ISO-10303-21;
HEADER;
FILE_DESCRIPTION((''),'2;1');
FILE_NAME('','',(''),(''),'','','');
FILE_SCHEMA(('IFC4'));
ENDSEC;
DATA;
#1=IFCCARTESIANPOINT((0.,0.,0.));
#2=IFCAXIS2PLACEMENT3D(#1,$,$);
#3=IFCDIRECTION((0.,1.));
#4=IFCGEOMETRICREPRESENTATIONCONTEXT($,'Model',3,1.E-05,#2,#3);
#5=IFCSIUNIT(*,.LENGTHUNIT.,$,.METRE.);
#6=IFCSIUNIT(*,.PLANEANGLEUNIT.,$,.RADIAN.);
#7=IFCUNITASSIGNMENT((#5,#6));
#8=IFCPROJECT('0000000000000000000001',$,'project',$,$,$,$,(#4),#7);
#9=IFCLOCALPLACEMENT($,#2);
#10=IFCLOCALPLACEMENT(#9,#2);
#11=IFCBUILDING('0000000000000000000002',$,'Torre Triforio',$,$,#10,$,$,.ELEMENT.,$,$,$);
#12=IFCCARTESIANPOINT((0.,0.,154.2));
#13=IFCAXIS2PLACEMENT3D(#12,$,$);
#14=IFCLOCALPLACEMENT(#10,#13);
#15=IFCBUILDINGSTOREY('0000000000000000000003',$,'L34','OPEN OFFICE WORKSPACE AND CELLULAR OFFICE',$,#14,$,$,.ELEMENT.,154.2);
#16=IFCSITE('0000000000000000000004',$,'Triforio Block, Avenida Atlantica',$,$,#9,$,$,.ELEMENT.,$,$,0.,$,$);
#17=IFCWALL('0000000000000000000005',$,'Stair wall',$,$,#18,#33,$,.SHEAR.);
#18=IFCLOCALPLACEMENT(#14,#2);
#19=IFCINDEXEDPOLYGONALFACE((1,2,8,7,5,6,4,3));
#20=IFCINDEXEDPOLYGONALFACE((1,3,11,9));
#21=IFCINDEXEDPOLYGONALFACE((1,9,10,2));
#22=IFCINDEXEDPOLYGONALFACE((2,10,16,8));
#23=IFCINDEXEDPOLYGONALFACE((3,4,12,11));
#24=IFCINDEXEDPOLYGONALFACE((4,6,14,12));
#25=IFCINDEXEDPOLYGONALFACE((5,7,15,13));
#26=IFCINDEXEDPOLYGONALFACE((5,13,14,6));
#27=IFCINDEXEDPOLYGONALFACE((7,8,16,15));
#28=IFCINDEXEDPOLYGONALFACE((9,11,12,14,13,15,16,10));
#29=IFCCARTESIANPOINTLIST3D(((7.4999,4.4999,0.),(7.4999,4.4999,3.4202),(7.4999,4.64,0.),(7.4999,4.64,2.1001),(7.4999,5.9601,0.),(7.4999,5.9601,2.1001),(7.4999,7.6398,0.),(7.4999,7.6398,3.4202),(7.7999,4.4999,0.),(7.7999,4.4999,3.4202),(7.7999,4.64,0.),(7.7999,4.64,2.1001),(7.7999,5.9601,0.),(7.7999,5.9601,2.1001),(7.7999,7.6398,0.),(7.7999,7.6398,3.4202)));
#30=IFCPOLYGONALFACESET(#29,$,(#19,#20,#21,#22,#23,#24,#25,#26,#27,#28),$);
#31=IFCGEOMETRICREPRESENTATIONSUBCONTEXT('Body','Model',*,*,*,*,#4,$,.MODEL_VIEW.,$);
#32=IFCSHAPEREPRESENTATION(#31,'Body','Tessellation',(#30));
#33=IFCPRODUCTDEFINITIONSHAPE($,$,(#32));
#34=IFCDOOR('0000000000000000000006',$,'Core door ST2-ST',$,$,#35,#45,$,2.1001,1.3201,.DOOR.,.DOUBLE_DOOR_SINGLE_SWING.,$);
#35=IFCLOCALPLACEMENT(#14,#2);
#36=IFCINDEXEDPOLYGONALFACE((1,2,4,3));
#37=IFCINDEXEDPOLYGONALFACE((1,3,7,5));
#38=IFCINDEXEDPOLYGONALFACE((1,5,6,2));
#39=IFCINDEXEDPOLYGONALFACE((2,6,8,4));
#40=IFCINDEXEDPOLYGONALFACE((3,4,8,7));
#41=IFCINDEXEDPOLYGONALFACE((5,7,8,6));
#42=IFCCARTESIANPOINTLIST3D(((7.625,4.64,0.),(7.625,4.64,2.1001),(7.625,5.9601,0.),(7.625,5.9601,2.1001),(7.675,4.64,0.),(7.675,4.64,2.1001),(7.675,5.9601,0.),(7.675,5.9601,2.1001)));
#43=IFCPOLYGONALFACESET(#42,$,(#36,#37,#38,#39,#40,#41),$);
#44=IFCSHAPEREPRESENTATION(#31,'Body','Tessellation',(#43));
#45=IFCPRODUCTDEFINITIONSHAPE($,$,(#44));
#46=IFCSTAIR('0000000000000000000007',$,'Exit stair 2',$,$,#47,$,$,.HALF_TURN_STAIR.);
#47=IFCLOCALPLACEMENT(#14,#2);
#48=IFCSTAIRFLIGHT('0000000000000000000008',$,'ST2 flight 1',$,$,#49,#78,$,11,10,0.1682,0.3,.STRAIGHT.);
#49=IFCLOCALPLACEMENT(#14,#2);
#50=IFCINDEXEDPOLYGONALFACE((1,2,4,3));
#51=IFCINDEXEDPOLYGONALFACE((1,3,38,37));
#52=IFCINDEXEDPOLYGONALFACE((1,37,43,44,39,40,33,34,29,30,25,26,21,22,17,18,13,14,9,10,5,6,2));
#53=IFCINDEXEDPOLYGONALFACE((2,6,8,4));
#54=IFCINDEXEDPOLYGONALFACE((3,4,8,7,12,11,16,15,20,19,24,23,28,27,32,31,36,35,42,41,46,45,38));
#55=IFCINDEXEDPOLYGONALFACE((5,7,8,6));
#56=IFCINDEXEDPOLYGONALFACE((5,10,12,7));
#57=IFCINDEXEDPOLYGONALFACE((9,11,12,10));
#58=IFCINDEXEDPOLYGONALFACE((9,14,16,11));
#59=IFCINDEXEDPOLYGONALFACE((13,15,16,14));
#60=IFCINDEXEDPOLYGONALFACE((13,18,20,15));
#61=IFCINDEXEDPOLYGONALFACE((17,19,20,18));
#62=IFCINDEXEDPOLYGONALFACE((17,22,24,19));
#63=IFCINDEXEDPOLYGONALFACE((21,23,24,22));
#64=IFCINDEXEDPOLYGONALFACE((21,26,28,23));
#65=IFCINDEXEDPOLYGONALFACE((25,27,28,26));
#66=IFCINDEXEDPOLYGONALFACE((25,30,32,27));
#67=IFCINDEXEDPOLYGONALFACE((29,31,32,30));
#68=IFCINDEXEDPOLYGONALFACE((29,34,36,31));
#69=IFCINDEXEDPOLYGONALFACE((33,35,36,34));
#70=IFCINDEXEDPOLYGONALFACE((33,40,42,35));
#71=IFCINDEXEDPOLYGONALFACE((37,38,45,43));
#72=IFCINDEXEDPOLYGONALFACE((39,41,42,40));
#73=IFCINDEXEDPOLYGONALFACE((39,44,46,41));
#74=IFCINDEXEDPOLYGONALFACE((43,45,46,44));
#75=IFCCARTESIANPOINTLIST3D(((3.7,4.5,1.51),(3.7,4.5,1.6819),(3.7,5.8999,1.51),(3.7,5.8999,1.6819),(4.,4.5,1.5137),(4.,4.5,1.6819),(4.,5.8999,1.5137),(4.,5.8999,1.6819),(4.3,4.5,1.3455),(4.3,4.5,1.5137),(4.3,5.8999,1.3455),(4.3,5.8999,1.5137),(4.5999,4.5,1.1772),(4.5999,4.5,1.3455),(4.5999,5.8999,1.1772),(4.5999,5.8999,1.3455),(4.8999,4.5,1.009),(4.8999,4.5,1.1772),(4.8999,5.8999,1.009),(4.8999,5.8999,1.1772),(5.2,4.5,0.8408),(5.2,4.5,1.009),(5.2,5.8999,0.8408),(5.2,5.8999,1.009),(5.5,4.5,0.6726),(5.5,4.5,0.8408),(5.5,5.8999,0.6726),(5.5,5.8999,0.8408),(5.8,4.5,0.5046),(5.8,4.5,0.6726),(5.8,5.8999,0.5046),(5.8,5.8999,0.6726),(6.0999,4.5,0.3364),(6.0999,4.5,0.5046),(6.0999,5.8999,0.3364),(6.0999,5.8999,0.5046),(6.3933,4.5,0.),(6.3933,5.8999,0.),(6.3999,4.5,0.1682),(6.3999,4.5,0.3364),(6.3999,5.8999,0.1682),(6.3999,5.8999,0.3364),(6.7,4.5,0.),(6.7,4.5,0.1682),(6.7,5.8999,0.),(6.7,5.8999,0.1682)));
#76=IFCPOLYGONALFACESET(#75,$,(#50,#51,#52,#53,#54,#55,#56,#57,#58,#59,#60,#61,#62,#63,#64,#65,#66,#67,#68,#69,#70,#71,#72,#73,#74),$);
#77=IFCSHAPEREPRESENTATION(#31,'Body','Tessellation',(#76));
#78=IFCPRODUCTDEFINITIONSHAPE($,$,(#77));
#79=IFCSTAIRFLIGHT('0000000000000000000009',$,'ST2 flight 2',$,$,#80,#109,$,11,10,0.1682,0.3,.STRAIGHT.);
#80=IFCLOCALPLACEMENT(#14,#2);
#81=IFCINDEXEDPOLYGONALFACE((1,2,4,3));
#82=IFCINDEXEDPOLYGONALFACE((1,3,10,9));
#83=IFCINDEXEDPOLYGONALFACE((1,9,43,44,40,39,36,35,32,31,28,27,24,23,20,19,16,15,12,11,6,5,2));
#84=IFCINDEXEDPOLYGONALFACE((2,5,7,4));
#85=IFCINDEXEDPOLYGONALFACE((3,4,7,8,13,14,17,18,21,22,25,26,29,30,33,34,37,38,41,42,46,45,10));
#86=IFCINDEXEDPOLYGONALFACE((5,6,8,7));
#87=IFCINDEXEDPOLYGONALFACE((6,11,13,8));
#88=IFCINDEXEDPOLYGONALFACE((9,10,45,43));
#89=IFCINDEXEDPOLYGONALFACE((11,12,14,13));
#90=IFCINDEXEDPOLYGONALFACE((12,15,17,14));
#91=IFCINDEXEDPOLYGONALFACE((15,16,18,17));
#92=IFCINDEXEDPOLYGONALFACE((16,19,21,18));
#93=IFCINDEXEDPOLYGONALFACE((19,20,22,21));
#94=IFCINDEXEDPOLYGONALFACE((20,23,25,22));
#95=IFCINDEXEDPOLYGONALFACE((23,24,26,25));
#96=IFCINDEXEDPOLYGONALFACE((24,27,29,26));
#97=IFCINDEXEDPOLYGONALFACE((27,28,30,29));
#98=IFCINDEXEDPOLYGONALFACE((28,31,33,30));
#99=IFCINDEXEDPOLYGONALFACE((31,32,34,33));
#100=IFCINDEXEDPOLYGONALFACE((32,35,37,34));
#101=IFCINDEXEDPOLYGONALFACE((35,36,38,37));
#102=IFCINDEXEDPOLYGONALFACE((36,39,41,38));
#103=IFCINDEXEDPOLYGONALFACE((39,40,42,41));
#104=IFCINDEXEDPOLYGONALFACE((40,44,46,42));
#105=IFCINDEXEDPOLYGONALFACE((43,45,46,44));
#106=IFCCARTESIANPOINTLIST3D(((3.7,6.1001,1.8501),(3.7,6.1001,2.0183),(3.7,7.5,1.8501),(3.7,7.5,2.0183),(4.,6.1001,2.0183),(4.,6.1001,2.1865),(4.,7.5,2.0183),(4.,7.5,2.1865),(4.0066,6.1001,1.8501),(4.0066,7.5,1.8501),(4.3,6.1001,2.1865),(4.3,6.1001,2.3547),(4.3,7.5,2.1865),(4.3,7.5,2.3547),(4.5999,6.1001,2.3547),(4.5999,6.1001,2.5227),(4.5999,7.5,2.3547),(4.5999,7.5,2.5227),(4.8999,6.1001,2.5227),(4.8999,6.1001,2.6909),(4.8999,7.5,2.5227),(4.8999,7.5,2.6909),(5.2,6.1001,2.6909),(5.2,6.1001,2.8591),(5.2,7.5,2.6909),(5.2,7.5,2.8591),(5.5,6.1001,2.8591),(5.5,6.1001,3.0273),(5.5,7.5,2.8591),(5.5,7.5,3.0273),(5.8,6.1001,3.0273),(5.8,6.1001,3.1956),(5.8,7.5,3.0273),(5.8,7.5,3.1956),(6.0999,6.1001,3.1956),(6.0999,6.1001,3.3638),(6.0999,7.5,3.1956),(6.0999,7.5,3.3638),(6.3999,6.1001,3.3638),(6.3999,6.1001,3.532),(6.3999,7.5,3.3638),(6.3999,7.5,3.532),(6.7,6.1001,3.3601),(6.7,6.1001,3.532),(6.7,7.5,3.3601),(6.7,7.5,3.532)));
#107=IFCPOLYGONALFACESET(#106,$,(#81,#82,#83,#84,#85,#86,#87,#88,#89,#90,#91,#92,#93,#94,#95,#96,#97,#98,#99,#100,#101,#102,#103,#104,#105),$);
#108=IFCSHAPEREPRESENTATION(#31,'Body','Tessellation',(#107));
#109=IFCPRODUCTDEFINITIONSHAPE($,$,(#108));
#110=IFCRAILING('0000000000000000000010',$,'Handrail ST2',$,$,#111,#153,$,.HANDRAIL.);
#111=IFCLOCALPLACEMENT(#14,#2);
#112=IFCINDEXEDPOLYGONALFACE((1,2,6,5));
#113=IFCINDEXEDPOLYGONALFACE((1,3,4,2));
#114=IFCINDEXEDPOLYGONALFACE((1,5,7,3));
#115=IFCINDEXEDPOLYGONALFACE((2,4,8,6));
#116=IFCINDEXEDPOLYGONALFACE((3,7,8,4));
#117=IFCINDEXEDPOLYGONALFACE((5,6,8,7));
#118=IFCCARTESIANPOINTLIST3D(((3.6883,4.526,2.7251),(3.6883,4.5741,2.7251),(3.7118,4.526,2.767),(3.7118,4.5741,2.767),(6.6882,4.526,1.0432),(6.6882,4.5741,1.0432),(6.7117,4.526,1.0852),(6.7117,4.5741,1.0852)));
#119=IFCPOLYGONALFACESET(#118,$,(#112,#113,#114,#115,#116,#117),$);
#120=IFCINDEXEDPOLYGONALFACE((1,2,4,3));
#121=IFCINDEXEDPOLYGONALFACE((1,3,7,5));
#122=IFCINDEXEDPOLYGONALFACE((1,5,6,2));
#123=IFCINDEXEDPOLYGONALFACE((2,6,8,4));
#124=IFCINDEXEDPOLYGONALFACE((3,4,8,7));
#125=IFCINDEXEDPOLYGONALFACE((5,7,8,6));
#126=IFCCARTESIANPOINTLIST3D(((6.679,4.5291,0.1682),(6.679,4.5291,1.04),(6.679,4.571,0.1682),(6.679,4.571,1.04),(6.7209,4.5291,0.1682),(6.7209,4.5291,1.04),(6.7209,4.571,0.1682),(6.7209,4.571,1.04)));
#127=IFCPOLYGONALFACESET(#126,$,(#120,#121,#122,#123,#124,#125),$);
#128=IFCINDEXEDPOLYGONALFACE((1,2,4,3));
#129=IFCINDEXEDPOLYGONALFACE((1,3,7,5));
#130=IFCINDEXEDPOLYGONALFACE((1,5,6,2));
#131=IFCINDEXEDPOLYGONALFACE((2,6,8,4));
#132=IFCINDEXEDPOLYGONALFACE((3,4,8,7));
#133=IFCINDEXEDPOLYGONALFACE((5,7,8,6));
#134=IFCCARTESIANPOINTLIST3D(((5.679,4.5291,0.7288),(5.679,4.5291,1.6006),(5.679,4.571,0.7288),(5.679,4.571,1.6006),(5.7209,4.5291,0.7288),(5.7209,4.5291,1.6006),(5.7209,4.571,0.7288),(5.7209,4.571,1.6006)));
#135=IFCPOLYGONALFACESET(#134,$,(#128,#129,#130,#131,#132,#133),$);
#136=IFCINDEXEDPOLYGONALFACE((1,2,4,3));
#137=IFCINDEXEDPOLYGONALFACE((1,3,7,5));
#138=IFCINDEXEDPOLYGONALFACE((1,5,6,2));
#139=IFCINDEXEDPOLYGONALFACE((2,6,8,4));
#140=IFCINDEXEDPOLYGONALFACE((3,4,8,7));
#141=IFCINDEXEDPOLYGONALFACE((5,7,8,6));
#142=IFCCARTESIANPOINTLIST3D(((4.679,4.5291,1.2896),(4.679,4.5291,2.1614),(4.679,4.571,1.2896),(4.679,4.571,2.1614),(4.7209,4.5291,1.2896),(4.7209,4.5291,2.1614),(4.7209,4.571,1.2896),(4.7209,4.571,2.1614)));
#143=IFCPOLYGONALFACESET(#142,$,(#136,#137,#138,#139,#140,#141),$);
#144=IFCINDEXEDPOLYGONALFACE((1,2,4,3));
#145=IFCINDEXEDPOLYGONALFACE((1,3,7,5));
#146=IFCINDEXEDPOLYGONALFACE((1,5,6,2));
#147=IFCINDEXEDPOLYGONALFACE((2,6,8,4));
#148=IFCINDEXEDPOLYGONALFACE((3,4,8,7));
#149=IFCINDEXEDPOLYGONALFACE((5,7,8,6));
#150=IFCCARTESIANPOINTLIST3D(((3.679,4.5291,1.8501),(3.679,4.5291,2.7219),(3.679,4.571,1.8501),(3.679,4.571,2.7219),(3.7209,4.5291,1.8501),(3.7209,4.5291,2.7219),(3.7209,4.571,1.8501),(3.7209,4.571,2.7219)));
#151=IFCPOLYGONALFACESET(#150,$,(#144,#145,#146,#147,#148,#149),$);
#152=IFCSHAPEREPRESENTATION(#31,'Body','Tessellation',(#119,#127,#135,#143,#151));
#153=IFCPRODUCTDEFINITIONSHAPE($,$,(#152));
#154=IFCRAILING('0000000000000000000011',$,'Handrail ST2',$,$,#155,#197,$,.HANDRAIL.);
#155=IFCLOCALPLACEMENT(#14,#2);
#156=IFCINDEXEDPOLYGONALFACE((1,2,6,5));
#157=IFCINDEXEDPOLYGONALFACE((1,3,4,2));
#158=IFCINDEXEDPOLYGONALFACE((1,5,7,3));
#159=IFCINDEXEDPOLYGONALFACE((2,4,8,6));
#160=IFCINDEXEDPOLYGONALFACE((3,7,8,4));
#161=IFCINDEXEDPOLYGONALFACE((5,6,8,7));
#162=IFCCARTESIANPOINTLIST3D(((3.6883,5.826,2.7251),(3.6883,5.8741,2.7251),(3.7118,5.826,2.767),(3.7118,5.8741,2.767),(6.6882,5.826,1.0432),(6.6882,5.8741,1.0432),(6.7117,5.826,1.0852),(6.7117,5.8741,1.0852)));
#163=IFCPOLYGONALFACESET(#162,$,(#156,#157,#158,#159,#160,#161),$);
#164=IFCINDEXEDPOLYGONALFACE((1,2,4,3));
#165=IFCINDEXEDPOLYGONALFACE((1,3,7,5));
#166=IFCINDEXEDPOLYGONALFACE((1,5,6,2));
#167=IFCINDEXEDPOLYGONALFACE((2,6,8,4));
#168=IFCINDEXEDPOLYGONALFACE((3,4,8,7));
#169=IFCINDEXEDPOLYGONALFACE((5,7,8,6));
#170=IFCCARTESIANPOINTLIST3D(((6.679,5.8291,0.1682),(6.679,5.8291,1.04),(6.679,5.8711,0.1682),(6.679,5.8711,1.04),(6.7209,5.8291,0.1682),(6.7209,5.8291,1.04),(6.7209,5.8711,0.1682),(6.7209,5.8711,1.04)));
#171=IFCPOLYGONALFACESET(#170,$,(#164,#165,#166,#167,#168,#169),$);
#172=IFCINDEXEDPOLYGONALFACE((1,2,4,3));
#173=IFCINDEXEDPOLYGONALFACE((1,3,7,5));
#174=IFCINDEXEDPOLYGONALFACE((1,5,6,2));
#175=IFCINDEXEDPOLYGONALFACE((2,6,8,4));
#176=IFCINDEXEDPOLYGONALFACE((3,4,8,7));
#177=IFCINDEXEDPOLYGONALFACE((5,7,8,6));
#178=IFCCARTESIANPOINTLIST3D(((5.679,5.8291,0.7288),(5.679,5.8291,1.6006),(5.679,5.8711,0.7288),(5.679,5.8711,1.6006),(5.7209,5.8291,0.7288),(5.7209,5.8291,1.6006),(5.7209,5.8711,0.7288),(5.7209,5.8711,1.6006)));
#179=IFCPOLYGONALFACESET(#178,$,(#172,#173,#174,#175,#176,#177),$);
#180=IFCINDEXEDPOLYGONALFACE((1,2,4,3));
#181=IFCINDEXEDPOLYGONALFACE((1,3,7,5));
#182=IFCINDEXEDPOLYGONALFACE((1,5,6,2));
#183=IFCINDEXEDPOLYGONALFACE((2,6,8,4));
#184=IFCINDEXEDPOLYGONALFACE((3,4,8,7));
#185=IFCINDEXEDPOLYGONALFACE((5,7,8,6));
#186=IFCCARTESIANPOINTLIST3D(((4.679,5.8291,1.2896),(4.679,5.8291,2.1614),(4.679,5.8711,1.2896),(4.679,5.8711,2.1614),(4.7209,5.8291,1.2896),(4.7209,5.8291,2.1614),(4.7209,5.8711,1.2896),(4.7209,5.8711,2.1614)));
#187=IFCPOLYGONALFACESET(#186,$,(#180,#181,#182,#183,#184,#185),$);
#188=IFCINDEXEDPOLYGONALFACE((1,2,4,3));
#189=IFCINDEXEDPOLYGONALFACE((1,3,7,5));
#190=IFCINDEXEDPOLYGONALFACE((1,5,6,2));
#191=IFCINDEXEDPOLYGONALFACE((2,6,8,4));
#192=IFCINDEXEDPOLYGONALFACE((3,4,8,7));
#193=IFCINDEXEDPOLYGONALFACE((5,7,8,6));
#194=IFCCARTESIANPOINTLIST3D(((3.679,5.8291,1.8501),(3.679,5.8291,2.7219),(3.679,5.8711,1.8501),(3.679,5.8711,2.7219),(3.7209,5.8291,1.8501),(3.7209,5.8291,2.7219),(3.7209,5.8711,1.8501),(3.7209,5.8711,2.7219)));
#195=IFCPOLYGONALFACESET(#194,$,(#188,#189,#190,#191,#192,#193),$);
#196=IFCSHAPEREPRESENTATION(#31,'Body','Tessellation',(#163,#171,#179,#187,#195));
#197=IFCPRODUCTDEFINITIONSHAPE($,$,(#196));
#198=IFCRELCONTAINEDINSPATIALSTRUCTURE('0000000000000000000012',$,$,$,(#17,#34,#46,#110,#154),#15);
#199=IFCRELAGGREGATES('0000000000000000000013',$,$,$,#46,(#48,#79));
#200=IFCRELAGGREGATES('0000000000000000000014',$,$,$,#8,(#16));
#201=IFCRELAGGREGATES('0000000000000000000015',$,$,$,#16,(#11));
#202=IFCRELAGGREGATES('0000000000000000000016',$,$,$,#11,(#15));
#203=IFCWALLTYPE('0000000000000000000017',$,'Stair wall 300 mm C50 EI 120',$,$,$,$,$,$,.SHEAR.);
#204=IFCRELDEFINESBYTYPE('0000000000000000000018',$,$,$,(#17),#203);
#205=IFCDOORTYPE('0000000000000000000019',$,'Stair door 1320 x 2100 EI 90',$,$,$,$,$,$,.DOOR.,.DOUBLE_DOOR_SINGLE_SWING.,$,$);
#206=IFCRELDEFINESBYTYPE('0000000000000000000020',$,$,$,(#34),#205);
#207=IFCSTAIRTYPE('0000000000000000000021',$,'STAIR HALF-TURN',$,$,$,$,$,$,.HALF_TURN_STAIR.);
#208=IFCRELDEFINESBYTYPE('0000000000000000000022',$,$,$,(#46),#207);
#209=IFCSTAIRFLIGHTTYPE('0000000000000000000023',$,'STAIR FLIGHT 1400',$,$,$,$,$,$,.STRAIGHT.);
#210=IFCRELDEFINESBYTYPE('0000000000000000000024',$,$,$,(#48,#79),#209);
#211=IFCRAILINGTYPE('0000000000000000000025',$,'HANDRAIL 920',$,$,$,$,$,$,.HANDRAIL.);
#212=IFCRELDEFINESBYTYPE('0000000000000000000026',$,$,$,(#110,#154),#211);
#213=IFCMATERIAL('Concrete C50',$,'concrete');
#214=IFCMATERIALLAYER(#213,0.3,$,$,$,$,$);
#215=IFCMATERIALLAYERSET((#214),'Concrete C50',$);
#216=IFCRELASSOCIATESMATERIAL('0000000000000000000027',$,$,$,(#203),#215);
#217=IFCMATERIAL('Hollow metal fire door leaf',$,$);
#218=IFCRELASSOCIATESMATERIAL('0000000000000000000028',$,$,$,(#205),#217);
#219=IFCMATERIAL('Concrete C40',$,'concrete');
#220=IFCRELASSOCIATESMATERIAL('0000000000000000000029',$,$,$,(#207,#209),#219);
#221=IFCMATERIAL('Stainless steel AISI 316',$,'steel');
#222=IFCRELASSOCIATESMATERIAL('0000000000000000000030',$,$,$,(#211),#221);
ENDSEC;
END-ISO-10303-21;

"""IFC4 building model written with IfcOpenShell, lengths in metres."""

from ifc_helpers import new_model, si_unit, direction, frame, frame_2d, origin, origin_2d, place, context, subcontext, project, spatial, polyline, rectangle, outline, extrude, material, layer, layer_set, type_object, element, fill, aggregate, save


model = new_model("IFC4")

# Units and contexts
model_context = context("Model", 3, precision=1e-05, world=origin(), true_north=direction((0.0, 1.0)))
body_context = subcontext(model_context, "Body", "Model", "MODEL_VIEW")
ifc_project = project(units=[si_unit("LENGTHUNIT", "METRE"), si_unit("PLANEANGLEUNIT", "RADIAN")], contexts=[model_context])

# Site, building, storey
site_placement = place(None, origin())
site = spatial("IfcSite", under=ifc_project, at=site_placement, Name="Triforio Block, Avenida Atlantica", CompositionType="ELEMENT", RefElevation=0.0)
building_placement = place(site_placement, origin())
building = spatial("IfcBuilding", under=site, at=building_placement, Name="Torre Triforio", CompositionType="ELEMENT")
storey_placement = place(building_placement, frame((0.0, 0.0, 154.2)))
storey = spatial("IfcBuildingStorey", under=building, at=storey_placement, Name="L34", Description="OPEN OFFICE WORKSPACE AND CELLULAR OFFICE", CompositionType="ELEMENT", Elevation=154.2)

# Shared definitions
ifc_material_1 = material(Name="Concrete C50", Category="concrete")

# Shared definitions
ifc_material_2 = material(Name="Hollow metal fire door leaf")

# Wall, opening, door
ifc_layer_1 = layer(ifc_material_1, 0.3)
ifc_layer_set_1 = layer_set([ifc_layer_1], Name="Concrete C50")
wall_type_1 = type_object("IfcWallType", Name="Stair wall 300 mm C50 EI 120", PredefinedType="SHEAR", material=ifc_layer_set_1)
wall_1_placement = place(storey_placement, frame((7.6499, 4.5, 0.0), z_axis=(0.0, 0.0, 1.0), x_axis=(0.0, 1.0, 0.0)))
wall_1 = element("IfcWall", 1, at=wall_1_placement, inside=storey, type_object=wall_type_1, Name="Stair wall", PredefinedType="SHEAR", context=body_context, shape_type="SweptSolid", body=[
    extrude(rectangle(XDim=3.1399, YDim=0.3, at=frame_2d((1.5698, 0.0))), origin(), (0.0, 0.0, 1.0), 3.4202),
])
opening_1_placement = place(wall_1_placement, frame((0.1399, 0.0, 0.0)))
opening_1 = element("IfcOpeningElement", 2, at=opening_1_placement, cuts=wall_1, PredefinedType="OPENING", context=body_context, shape_type="SweptSolid", body=[
    extrude(rectangle(XDim=1.3201, YDim=2.1001, at=frame_2d((0.6602, 1.05))), frame((0.0, 0.1599, 0.0), z_axis=(0.0, -1.0, 0.0), x_axis=(1.0, 0.0, 0.0)), (0.0, 0.0, 1.0), 0.3201),
])
door_type_1 = type_object("IfcDoorType", Name="Stair door 1320 x 2100 EI 90", OperationType="DOUBLE_DOOR_SINGLE_SWING", PredefinedType="DOOR", material=ifc_material_2)
door_1_placement = place(opening_1_placement, origin())
door_1 = element("IfcDoor", 3, at=door_1_placement, inside=storey, type_object=door_type_1, Name="Core door ST2-ST", OperationType="DOUBLE_DOOR_SINGLE_SWING", OverallHeight=2.1001, OverallWidth=1.3201, PredefinedType="DOOR", context=body_context, shape_type="SweptSolid", body=[
    extrude(rectangle(XDim=1.3201, YDim=2.1001, at=frame_2d((0.6602, 1.05))), frame((0.0, 0.0249, 0.0), z_axis=(0.0, -1.0, 0.0), x_axis=(1.0, 0.0, 0.0)), (0.0, 0.0, 1.0), 0.05),
])
fill(opening_1, door_1)

# Stair, stair flights
ifc_material_3 = material(Name="Concrete C40", Category="concrete")
stair_type = type_object("IfcStairType", Name="STAIR HALF-TURN", PredefinedType="HALF_TURN_STAIR", material=ifc_material_3)
stair_placement = place(storey_placement, origin())
stair = element("IfcStair", 4, at=stair_placement, inside=storey, type_object=stair_type, Name="Exit stair 2", PredefinedType="HALF_TURN_STAIR")
stair_flight_type = type_object("IfcStairFlightType", Name="STAIR FLIGHT 1400", PredefinedType="STRAIGHT", material=ifc_material_3)
stair_flight_1_placement = place(storey_placement, frame((6.7, 5.2, 0.0), z_axis=(0.0, 0.0, 1.0), x_axis=(-1.0, 0.0, 0.0)))
stair_flight_1 = element("IfcStairFlight", 5, at=stair_flight_1_placement, type_object=stair_flight_type, Name="ST2 flight 1", NumberOfRisers=11, NumberOfTreads=10, PredefinedType="STRAIGHT", RiserHeight=0.1682, TreadLength=0.3, context=body_context, shape_type="SweptSolid", body=[
    extrude(outline(polyline([(0.0, 0.0), (0.0, 0.1682), (0.3, 0.1682), (0.3, 0.3364), (0.6001, 0.3364), (0.6001, 0.5046), (0.8999, 0.5046), (0.8999, 0.6726), (1.2, 0.6726), (1.2, 0.8408), (1.5, 0.8408), (1.5, 1.009), (1.8, 1.009), (1.8, 1.1772), (2.1001, 1.1772), (2.1001, 1.3455), (2.3999, 1.3455), (2.3999, 1.5137), (2.7, 1.5137), (2.7, 1.6819), (3.0, 1.6819), (3.0, 1.8501), (3.0, 1.51), (0.3066, 0.0), (0.0, 0.0)])), frame((0.0, 0.7, 0.0), z_axis=(0.0, -1.0, 0.0), x_axis=(1.0, 0.0, 0.0)), (0.0, 0.0, 1.0), 1.3999),
])
stair_flight_2_placement = place(storey_placement, frame((3.7, 6.8, 1.8501), z_axis=(0.0, 0.0, 1.0), x_axis=(1.0, 0.0, 0.0)))
stair_flight_2 = element("IfcStairFlight", 6, at=stair_flight_2_placement, type_object=stair_flight_type, Name="ST2 flight 2", NumberOfRisers=11, NumberOfTreads=10, PredefinedType="STRAIGHT", RiserHeight=0.1682, TreadLength=0.3, context=body_context, shape_type="SweptSolid", body=[
    extrude(outline(polyline([(0.0, 0.0), (0.0, 0.1682), (0.3, 0.1682), (0.3, 0.3364), (0.6001, 0.3364), (0.6001, 0.5046), (0.8999, 0.5046), (0.8999, 0.6726), (1.2, 0.6726), (1.2, 0.8408), (1.5, 0.8408), (1.5, 1.009), (1.8, 1.009), (1.8, 1.1772), (2.1001, 1.1772), (2.1001, 1.3455), (2.3999, 1.3455), (2.3999, 1.5137), (2.7, 1.5137), (2.7, 1.6819), (3.0, 1.6819), (3.0, 1.8501), (3.0, 1.51), (0.3066, 0.0), (0.0, 0.0)])), frame((0.0, 0.7, 0.0), z_axis=(0.0, -1.0, 0.0), x_axis=(1.0, 0.0, 0.0)), (0.0, 0.0, 1.0), 1.3999),
])
aggregate(stair, [stair_flight_1, stair_flight_2])

# Railings
ifc_material_4 = material(Name="Stainless steel AISI 316", Category="steel")
railing_type = type_object("IfcRailingType", Name="HANDRAIL 920", PredefinedType="HANDRAIL", material=ifc_material_4)
for number, where, name in (
    (7, (6.7, 4.55, 0.1682), "Handrail ST2"),
    (8, (6.7, 5.8501, 0.1682), "Handrail ST2"),
):
    element("IfcRailing", number, at=place(storey_placement, frame(where)), inside=storey, type_object=railing_type, Name=name, PredefinedType="HANDRAIL", context=body_context, shape_type="SweptSolid", body=[
        extrude(rectangle(XDim=0.0481, YDim=0.0481, at=origin_2d()), frame((0.0, 0.0, 0.896), z_axis=(-0.872272, 0.0, 0.48902), x_axis=(0.0, -1.0, 0.0)), (0.0, 0.0, 1.0), 3.4392),
        extrude(rectangle(XDim=0.042, YDim=0.042, at=origin_2d()), origin(), (0.0, 0.0, 1.0), 0.8718),
        extrude(rectangle(XDim=0.042, YDim=0.042, at=origin_2d()), frame((-1.0, 0.0, 0.5605)), (0.0, 0.0, 1.0), 0.8718),
        extrude(rectangle(XDim=0.042, YDim=0.042, at=origin_2d()), frame((-2.0, 0.0, 1.1213)), (0.0, 0.0, 1.0), 0.8718),
        extrude(rectangle(XDim=0.042, YDim=0.042, at=origin_2d()), frame((-3.0, 0.0, 1.6819)), (0.0, 0.0, 1.0), 0.8718),
    ])

save(model, "model.ifc")
